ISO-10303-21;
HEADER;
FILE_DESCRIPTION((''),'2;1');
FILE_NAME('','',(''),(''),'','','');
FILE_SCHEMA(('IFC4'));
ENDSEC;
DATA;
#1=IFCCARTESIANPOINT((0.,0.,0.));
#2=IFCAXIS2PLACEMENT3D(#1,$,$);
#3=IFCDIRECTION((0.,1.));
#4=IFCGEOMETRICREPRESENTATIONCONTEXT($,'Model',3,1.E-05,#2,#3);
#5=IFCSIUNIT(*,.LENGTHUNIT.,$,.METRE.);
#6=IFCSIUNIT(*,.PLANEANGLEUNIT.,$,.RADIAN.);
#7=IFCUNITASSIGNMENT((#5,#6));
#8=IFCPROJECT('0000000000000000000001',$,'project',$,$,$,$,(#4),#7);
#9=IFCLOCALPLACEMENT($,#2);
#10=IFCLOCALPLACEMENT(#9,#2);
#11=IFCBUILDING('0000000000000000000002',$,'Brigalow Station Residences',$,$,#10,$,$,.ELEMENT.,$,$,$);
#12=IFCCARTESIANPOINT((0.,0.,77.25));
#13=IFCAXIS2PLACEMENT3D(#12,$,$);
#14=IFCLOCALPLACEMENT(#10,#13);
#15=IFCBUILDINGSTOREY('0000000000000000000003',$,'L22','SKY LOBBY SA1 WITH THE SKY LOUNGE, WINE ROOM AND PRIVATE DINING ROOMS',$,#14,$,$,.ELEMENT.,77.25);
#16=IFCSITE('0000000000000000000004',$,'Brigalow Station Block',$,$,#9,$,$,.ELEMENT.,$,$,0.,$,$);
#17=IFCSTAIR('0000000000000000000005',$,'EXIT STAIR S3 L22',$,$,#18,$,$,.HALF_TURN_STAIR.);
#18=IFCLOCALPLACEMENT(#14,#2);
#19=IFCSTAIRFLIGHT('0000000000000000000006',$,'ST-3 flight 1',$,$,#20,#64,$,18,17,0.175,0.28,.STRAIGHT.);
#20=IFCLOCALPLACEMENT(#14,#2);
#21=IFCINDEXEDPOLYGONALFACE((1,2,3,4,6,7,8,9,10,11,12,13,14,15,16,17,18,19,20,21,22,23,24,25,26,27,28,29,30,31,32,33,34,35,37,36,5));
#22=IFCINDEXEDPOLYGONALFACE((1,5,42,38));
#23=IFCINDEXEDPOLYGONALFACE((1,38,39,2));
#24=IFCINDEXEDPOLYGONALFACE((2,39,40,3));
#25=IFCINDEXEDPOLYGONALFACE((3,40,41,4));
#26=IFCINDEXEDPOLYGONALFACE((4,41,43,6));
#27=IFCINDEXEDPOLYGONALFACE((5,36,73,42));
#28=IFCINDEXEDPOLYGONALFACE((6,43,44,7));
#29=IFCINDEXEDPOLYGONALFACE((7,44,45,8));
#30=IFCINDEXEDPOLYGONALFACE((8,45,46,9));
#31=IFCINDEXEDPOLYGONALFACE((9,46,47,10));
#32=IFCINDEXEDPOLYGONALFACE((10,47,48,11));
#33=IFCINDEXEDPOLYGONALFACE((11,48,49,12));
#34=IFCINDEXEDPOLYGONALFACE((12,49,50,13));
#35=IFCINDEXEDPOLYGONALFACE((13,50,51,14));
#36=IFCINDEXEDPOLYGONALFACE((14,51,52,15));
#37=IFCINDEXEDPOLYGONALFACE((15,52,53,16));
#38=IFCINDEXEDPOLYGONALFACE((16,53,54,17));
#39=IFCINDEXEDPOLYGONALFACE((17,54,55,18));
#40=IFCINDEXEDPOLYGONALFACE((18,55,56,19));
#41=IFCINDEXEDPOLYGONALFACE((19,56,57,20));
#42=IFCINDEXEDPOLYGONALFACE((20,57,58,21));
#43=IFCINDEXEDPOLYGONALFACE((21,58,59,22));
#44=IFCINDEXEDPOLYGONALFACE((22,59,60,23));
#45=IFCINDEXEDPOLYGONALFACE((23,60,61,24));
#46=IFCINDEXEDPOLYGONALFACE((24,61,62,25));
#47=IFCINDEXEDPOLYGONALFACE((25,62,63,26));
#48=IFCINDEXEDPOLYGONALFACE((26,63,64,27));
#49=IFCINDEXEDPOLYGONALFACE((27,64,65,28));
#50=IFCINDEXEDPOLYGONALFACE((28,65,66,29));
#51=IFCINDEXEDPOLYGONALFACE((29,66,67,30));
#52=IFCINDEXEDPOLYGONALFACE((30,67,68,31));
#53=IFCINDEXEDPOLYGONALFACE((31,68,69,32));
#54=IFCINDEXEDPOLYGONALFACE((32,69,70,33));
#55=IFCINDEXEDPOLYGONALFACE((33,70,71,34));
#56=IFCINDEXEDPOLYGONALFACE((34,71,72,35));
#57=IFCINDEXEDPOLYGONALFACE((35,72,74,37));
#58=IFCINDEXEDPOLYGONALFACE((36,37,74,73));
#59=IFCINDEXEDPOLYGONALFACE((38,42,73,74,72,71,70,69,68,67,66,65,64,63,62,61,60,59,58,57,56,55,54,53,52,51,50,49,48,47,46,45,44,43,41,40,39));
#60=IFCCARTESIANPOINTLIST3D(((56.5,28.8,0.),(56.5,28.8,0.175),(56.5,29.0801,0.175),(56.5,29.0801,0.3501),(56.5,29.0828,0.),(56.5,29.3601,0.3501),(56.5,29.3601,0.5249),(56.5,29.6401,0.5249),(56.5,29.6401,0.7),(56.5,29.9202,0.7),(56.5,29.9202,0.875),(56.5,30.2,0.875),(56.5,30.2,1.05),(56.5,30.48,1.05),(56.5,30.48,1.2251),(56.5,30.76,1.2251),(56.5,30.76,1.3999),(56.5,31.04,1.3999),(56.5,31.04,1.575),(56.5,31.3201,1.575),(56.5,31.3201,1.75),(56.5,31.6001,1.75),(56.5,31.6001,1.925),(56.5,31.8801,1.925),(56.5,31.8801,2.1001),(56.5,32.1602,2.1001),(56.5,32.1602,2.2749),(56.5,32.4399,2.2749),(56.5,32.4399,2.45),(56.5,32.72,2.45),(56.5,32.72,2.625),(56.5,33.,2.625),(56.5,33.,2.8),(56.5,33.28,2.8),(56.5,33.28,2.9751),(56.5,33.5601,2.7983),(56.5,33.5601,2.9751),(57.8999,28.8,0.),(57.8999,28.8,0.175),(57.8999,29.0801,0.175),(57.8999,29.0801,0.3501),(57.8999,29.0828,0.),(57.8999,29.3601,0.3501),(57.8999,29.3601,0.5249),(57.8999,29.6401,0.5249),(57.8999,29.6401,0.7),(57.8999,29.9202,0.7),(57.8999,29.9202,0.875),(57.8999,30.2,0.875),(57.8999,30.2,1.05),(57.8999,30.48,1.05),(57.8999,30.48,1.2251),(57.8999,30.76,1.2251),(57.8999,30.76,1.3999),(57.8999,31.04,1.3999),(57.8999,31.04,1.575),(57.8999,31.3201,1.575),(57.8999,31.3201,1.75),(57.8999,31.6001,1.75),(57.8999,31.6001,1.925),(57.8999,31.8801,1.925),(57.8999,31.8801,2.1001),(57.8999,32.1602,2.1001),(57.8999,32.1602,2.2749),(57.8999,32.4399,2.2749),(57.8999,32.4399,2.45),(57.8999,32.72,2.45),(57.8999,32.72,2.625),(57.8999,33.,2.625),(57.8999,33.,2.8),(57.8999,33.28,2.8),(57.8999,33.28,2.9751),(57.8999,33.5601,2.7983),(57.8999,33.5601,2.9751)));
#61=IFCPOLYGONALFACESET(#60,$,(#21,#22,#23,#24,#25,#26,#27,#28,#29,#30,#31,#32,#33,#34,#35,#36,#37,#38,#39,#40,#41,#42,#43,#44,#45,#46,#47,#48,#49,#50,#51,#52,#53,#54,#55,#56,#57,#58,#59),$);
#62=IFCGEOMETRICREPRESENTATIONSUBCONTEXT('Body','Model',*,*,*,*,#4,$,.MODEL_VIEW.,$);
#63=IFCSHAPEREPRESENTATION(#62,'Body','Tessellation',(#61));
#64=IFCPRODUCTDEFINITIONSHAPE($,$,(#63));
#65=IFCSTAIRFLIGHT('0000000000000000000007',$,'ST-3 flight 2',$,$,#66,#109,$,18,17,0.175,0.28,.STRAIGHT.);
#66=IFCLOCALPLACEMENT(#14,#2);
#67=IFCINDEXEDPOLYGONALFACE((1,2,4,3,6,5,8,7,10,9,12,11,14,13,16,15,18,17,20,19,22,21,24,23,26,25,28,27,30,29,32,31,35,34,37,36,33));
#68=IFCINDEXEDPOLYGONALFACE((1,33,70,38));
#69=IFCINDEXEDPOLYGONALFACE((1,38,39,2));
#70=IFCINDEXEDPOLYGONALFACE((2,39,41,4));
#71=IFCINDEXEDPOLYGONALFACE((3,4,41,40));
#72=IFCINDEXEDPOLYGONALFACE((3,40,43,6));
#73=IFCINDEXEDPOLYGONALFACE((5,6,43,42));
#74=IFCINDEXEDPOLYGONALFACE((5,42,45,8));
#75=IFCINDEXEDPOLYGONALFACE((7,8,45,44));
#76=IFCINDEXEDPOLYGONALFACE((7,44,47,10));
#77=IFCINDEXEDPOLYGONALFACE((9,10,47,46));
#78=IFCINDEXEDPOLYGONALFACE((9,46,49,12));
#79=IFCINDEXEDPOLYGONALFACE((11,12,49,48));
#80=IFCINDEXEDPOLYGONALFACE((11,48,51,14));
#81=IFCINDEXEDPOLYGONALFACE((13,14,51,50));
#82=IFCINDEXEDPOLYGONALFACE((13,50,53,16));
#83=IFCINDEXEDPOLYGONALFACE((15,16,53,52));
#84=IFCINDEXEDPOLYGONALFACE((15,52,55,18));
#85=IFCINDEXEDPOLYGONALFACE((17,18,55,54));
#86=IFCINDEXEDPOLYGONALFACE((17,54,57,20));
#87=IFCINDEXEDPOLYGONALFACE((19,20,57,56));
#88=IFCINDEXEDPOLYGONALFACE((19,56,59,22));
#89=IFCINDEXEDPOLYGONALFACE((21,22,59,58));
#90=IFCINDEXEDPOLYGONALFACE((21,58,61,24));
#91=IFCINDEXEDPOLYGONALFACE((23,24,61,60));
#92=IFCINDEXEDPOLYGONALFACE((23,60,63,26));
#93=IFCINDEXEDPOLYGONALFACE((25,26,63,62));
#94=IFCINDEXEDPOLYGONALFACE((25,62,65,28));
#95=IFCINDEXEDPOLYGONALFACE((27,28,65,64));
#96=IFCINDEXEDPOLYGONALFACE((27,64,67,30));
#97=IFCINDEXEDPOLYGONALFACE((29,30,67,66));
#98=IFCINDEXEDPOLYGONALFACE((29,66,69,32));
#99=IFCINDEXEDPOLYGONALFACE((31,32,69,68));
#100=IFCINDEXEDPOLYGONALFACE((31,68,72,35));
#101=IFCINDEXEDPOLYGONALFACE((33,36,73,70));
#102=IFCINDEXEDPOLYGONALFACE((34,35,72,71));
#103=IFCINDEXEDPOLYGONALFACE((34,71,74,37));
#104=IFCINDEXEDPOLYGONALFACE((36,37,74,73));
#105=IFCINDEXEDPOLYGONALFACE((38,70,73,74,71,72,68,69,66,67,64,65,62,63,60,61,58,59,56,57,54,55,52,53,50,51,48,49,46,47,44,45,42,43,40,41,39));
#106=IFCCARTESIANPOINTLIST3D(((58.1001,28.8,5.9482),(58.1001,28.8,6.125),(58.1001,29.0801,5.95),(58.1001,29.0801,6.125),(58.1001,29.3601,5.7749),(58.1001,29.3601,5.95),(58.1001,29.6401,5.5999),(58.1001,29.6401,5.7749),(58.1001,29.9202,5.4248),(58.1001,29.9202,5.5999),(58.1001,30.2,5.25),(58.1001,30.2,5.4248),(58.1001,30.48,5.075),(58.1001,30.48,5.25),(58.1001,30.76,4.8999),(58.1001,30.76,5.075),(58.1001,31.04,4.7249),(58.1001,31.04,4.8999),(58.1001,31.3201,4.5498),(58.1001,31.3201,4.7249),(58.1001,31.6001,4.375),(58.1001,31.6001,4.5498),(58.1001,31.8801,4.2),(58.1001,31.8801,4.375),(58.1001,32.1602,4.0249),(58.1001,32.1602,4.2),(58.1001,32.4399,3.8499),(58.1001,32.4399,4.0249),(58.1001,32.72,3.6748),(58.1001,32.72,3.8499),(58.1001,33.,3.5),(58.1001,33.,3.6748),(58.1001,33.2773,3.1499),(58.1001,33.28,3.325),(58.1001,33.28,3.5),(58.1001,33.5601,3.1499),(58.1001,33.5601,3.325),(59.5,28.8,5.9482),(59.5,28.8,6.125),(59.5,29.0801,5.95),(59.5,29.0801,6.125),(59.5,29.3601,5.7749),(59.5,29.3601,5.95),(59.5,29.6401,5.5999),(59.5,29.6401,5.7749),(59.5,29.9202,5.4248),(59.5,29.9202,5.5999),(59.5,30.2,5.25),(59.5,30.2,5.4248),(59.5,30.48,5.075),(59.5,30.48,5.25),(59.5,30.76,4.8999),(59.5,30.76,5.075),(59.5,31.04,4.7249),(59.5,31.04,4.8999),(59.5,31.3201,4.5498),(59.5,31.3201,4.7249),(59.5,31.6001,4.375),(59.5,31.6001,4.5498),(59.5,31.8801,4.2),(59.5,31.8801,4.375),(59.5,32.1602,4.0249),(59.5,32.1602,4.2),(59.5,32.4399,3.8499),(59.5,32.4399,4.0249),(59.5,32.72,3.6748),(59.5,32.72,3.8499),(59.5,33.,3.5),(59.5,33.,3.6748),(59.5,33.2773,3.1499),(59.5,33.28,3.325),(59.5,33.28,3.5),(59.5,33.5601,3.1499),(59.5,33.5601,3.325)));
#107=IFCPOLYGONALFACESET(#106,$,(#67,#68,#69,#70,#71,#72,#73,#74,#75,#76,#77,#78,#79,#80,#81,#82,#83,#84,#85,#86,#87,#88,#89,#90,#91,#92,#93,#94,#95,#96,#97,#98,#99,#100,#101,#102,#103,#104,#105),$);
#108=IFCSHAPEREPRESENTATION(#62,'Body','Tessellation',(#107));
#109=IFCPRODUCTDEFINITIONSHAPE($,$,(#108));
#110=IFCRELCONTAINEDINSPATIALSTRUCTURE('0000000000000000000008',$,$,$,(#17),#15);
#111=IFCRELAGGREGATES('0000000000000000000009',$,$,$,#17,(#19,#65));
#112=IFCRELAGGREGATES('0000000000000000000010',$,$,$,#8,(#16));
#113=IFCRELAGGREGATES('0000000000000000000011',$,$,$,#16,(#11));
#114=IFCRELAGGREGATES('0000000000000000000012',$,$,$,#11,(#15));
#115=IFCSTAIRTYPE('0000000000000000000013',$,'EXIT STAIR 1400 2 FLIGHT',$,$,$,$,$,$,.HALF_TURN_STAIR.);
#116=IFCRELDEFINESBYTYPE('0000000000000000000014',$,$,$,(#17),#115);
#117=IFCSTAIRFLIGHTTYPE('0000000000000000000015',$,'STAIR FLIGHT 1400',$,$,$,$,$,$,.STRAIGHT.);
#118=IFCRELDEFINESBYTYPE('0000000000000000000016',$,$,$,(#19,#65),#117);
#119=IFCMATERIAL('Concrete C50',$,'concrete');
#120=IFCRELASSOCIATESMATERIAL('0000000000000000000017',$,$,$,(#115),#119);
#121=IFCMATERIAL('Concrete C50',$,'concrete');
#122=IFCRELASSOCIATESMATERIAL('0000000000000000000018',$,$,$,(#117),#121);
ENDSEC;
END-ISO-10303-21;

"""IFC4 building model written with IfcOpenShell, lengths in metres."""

from ifc_helpers import new_model, si_unit, direction, frame, origin, place, context, subcontext, project, spatial, polyline, outline, extrude, material, type_object, element, aggregate, save


model = new_model("IFC4")

# Units and contexts
model_context = context("Model", 3, precision=1e-05, world=origin(), true_north=direction((0.0, 1.0)))
body_context = subcontext(model_context, "Body", "Model", "MODEL_VIEW")
ifc_project = project(units=[si_unit("LENGTHUNIT", "METRE"), si_unit("PLANEANGLEUNIT", "RADIAN")], contexts=[model_context])

# Site, building, storey
site_placement = place(None, origin())
site = spatial("IfcSite", under=ifc_project, at=site_placement, Name="Brigalow Station Block", CompositionType="ELEMENT", RefElevation=0.0)
building_placement = place(site_placement, origin())
building = spatial("IfcBuilding", under=site, at=building_placement, Name="Brigalow Station Residences", CompositionType="ELEMENT")
storey_placement = place(building_placement, frame((0.0, 0.0, 77.25)))
storey = spatial("IfcBuildingStorey", under=building, at=storey_placement, Name="L22", Description="SKY LOBBY SA1 WITH THE SKY LOUNGE, WINE ROOM AND PRIVATE DINING ROOMS", CompositionType="ELEMENT", Elevation=77.25)

# Stair, stair flights
ifc_material_1 = material(Name="Concrete C50", Category="concrete")
stair_type = type_object("IfcStairType", Name="EXIT STAIR 1400 2 FLIGHT", PredefinedType="HALF_TURN_STAIR", material=ifc_material_1)
stair_placement = place(storey_placement, origin())
stair = element("IfcStair", 1, at=stair_placement, inside=storey, type_object=stair_type, Name="EXIT STAIR S3 L22", PredefinedType="HALF_TURN_STAIR")
ifc_material_2 = material(Name="Concrete C50", Category="concrete")
stair_flight_type = type_object("IfcStairFlightType", Name="STAIR FLIGHT 1400", PredefinedType="STRAIGHT", material=ifc_material_2)
stair_flight_1_placement = place(storey_placement, frame((57.2, 28.8, 0.0), z_axis=(0.0, 0.0, 1.0), x_axis=(0.0, 1.0, 0.0)))
stair_flight_1 = element("IfcStairFlight", 2, at=stair_flight_1_placement, type_object=stair_flight_type, Name="ST-3 flight 1", NumberOfRisers=18, NumberOfTreads=17, PredefinedType="STRAIGHT", RiserHeight=0.175, TreadLength=0.28, context=body_context, shape_type="SweptSolid", body=[
    extrude(outline(polyline([(0.0, 0.0), (0.0, 0.175), (0.28, 0.175), (0.28, 0.3501), (0.5601, 0.3501), (0.5601, 0.5249), (0.8401, 0.5249), (0.8401, 0.7), (1.1201, 0.7), (1.1201, 0.875), (1.3999, 0.875), (1.3999, 1.05), (1.6799, 1.05), (1.6799, 1.2251), (1.96, 1.2251), (1.96, 1.3999), (2.24, 1.3999), (2.24, 1.575), (2.52, 1.575), (2.52, 1.75), (2.8, 1.75), (2.8, 1.925), (3.0801, 1.925), (3.0801, 2.1001), (3.3601, 2.1001), (3.3601, 2.2749), (3.6399, 2.2749), (3.6399, 2.45), (3.9199, 2.45), (3.9199, 2.625), (4.2, 2.625), (4.2, 2.8), (4.48, 2.8), (4.48, 2.9751), (4.76, 2.9751), (4.76, 3.1499), (4.76, 2.7983), (0.2827, 0.0), (0.0, 0.0)])), frame((0.0, 0.7, 0.0), z_axis=(0.0, -1.0, 0.0), x_axis=(1.0, 0.0, 0.0)), (0.0, 0.0, 1.0), 1.3999),
])
stair_flight_2_placement = place(storey_placement, frame((58.8, 33.5601, 3.1499), z_axis=(0.0, 0.0, 1.0), x_axis=(0.0, -1.0, 0.0)))
stair_flight_2 = element("IfcStairFlight", 3, at=stair_flight_2_placement, type_object=stair_flight_type, Name="ST-3 flight 2", NumberOfRisers=18, NumberOfTreads=17, PredefinedType="STRAIGHT", RiserHeight=0.175, TreadLength=0.28, context=body_context, shape_type="SweptSolid", body=[
    extrude(outline(polyline([(0.0, 0.0), (0.0, 0.175), (0.28, 0.175), (0.28, 0.3501), (0.5601, 0.3501), (0.5601, 0.5249), (0.8401, 0.5249), (0.8401, 0.7), (1.1201, 0.7), (1.1201, 0.875), (1.3999, 0.875), (1.3999, 1.05), (1.6799, 1.05), (1.6799, 1.2251), (1.96, 1.2251), (1.96, 1.3999), (2.24, 1.3999), (2.24, 1.575), (2.52, 1.575), (2.52, 1.75), (2.8, 1.75), (2.8, 1.925), (3.0801, 1.925), (3.0801, 2.1001), (3.3601, 2.1001), (3.3601, 2.2749), (3.6399, 2.2749), (3.6399, 2.45), (3.9199, 2.45), (3.9199, 2.625), (4.2, 2.625), (4.2, 2.8), (4.48, 2.8), (4.48, 2.9751), (4.76, 2.9751), (4.76, 3.1499), (4.76, 2.7983), (0.2827, 0.0), (0.0, 0.0)])), frame((0.0, 0.7, 0.0), z_axis=(0.0, -1.0, 0.0), x_axis=(1.0, 0.0, 0.0)), (0.0, 0.0, 1.0), 1.3999),
])
aggregate(stair, [stair_flight_1, stair_flight_2])

save(model, "model.ifc")
